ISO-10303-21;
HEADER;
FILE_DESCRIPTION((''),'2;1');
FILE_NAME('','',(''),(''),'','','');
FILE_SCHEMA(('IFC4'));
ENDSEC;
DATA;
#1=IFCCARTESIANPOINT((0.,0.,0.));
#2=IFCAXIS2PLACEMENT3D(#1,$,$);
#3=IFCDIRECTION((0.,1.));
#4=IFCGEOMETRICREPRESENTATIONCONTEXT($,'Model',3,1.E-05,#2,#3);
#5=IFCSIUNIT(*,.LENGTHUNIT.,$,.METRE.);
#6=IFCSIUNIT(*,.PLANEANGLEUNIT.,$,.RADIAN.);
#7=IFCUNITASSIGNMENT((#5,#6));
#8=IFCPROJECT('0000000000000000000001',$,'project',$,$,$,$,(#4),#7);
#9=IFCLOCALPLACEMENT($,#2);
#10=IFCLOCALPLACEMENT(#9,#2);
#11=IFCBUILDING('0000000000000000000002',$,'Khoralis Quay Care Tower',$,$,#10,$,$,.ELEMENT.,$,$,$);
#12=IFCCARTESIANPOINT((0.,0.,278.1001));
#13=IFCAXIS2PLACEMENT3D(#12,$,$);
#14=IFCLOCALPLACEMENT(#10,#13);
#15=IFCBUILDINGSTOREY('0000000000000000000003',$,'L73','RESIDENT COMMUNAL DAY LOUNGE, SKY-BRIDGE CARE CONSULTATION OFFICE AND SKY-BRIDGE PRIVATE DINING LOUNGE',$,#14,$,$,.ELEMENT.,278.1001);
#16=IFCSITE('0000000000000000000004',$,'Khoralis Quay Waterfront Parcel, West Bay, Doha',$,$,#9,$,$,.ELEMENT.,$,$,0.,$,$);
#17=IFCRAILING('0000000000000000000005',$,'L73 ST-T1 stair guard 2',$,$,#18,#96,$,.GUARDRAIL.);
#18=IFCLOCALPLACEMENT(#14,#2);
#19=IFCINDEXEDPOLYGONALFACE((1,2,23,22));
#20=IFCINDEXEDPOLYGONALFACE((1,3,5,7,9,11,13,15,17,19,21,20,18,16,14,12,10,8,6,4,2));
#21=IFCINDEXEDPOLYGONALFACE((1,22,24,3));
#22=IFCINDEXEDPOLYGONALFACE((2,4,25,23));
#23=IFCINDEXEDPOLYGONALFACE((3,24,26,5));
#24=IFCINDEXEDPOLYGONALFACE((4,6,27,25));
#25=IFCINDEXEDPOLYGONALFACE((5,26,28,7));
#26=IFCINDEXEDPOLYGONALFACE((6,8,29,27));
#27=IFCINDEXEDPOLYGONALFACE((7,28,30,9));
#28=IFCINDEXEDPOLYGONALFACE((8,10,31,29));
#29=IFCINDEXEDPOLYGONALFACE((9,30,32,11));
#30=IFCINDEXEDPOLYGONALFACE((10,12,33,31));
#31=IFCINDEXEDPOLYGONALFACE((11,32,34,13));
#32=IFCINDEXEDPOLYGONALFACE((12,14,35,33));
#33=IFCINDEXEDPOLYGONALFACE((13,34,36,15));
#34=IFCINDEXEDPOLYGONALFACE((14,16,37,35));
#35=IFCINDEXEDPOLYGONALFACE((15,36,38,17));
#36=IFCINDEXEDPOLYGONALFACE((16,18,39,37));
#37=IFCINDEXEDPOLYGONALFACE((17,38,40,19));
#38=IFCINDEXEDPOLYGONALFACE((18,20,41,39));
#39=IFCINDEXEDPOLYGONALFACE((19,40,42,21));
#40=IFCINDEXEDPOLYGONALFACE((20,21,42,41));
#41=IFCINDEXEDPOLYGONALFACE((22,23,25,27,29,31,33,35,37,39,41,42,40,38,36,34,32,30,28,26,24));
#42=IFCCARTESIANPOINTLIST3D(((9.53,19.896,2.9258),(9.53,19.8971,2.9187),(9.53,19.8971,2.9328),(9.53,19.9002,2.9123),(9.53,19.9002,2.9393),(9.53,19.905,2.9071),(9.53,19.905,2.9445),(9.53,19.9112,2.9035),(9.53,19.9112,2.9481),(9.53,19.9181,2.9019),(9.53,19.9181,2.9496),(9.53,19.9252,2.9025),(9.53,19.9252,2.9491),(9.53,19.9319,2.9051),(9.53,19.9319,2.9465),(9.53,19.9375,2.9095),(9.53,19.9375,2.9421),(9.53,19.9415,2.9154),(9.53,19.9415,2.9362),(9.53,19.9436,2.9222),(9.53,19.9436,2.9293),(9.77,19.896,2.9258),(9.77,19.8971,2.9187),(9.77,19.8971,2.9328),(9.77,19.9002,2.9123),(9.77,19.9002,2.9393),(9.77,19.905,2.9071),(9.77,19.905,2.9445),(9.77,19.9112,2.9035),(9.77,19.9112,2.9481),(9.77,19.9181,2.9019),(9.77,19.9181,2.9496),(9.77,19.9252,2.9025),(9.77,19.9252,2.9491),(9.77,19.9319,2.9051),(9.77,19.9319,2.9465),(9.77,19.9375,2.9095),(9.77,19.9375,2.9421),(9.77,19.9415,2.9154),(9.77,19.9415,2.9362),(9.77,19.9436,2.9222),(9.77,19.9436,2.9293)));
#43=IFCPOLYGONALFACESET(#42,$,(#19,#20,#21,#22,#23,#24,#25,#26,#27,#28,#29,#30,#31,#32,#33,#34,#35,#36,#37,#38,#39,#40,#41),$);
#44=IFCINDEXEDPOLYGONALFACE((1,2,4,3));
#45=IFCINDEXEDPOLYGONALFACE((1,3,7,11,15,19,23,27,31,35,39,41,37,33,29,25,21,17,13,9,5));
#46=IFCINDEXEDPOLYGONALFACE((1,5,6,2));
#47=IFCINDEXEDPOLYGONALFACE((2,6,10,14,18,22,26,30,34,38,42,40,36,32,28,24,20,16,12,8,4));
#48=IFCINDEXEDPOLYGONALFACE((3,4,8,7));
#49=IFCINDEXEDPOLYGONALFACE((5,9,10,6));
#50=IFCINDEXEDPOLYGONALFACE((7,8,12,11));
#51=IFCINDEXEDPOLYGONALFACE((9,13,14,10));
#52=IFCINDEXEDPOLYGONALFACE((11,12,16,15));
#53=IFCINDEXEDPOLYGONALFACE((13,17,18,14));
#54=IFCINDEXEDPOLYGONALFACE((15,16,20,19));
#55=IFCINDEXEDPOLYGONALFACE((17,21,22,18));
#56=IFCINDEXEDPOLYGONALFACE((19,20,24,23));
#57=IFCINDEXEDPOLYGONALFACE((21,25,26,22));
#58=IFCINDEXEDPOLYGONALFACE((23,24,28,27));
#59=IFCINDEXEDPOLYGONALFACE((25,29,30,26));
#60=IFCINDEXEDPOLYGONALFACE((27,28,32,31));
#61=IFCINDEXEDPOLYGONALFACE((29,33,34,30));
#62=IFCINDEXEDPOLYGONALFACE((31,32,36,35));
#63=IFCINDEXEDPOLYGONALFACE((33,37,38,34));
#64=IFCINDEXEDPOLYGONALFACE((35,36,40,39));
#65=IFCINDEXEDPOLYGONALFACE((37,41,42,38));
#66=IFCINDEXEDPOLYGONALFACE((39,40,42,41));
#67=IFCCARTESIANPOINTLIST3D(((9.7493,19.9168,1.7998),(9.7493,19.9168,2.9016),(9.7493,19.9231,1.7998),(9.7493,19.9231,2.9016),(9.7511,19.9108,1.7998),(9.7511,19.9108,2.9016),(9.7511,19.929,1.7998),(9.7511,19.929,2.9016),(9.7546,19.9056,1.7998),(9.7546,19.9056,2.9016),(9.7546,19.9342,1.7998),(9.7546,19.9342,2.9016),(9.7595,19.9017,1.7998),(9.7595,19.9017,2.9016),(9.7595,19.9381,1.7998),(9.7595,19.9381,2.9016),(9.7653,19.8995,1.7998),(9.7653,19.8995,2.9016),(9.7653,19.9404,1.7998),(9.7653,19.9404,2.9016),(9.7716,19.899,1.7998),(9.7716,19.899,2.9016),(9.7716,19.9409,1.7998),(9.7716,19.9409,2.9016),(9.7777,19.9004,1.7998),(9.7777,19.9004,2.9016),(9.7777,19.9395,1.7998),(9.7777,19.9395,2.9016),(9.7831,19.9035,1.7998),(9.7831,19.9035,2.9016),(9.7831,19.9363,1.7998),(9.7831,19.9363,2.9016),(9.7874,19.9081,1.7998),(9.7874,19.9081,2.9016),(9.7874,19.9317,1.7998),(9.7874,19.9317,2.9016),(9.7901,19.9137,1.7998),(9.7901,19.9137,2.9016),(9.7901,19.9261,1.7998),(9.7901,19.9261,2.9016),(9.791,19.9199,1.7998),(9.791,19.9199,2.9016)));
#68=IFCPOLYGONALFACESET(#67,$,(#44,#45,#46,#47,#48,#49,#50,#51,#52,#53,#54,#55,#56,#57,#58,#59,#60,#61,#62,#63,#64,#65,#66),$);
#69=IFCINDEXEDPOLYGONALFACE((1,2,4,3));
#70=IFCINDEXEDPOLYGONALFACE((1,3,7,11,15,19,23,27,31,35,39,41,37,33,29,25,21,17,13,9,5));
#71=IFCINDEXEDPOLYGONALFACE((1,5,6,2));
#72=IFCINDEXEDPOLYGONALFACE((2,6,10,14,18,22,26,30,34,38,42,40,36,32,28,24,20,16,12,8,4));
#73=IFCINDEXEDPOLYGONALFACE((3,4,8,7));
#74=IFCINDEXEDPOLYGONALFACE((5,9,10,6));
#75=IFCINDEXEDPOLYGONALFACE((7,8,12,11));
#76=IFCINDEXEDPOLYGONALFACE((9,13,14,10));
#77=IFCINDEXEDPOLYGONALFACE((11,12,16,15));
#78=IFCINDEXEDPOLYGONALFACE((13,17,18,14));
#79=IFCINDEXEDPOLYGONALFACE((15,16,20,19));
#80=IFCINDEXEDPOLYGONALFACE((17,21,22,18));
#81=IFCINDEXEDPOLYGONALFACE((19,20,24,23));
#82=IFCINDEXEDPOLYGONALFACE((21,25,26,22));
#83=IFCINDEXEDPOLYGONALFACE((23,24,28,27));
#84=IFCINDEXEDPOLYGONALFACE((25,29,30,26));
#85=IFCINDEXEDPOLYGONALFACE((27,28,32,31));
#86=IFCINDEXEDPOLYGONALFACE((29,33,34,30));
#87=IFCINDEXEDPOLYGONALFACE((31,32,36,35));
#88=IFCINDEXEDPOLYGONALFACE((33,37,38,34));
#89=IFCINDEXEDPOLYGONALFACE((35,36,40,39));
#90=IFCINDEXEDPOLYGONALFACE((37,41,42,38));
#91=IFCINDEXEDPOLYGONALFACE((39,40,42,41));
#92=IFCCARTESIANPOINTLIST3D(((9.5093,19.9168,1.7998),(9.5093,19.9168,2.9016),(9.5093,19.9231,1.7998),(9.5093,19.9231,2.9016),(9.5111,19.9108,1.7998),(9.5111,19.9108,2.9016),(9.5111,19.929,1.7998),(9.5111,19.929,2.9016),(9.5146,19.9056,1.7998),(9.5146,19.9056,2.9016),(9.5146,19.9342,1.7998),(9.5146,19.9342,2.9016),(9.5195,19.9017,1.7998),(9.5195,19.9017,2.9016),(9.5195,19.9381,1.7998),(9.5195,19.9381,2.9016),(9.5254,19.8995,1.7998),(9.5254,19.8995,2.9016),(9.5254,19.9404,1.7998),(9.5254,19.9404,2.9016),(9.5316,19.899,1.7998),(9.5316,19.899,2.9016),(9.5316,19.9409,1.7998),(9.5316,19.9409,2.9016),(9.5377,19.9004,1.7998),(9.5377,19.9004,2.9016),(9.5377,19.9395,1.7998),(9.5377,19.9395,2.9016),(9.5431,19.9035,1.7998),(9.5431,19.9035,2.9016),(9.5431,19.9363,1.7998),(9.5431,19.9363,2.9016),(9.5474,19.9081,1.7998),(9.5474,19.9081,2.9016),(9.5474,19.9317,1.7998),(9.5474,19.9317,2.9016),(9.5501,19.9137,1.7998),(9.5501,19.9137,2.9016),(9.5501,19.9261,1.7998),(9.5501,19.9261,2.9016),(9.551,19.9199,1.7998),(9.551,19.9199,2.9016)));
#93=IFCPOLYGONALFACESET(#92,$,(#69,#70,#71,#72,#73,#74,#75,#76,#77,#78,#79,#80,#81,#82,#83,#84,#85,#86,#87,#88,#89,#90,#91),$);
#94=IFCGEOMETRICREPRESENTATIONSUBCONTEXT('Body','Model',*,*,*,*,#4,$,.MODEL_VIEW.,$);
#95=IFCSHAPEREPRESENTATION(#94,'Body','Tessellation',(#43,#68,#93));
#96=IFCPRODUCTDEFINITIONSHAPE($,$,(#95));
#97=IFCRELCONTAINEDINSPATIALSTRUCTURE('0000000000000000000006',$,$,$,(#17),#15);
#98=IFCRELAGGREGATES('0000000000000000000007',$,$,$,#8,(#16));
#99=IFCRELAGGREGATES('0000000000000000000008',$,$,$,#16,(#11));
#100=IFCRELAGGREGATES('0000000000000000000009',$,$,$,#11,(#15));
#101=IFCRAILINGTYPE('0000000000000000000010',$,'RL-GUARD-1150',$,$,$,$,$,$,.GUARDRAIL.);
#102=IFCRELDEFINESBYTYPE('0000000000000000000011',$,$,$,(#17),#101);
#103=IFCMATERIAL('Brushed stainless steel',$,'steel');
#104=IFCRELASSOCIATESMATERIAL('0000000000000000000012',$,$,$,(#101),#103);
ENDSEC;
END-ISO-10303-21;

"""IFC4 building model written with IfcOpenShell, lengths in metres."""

from ifc_helpers import new_model, si_unit, direction, frame, origin, origin_2d, place, context, subcontext, project, spatial, circle, extrude, material, type_object, element, save


model = new_model("IFC4")

# Units and contexts
model_context = context("Model", 3, precision=1e-05, world=origin(), true_north=direction((0.0, 1.0)))
body_context = subcontext(model_context, "Body", "Model", "MODEL_VIEW")
ifc_project = project(units=[si_unit("LENGTHUNIT", "METRE"), si_unit("PLANEANGLEUNIT", "RADIAN")], contexts=[model_context])

# Site, building, storey
site_placement = place(None, origin())
site = spatial("IfcSite", under=ifc_project, at=site_placement, Name="Khoralis Quay Waterfront Parcel, West Bay, Doha", CompositionType="ELEMENT", RefElevation=0.0)
building_placement = place(site_placement, origin())
building = spatial("IfcBuilding", under=site, at=building_placement, Name="Khoralis Quay Care Tower", CompositionType="ELEMENT")
storey_placement = place(building_placement, frame((0.0, 0.0, 278.1001)))
storey = spatial("IfcBuildingStorey", under=building, at=storey_placement, Name="L73", Description="RESIDENT COMMUNAL DAY LOUNGE, SKY-BRIDGE CARE CONSULTATION OFFICE AND SKY-BRIDGE PRIVATE DINING LOUNGE", CompositionType="ELEMENT", Elevation=278.1001)

# Shared definitions
ifc_material_1 = material(Name="Brushed stainless steel", Category="steel")

# Railing
railing_type_1 = type_object("IfcRailingType", Name="RL-GUARD-1150", PredefinedType="GUARDRAIL", material=ifc_material_1)
railing_1_placement = place(storey_placement, frame((9.77, 19.9199, 1.7998)))
element("IfcRailing", 1, at=railing_1_placement, inside=storey, type_object=railing_type_1, Name="L73 ST-T1 stair guard 2", PredefinedType="GUARDRAIL", context=body_context, shape_type="SweptSolid", body=[
    extrude(circle(Radius=0.0239, at=origin_2d()), frame((0.0, 0.0, 1.126), z_axis=(-1.0, 0.0, 0.0), x_axis=(0.0, -1.0, 0.0)), (0.0, 0.0, 1.0), 0.24),
    extrude(circle(Radius=0.021, at=origin_2d()), origin(), (0.0, 0.0, 1.0), 1.1018),
    extrude(circle(Radius=0.021, at=origin_2d()), frame((-0.24, 0.0, 0.0)), (0.0, 0.0, 1.0), 1.1018),
])

save(model, "model.ifc")
